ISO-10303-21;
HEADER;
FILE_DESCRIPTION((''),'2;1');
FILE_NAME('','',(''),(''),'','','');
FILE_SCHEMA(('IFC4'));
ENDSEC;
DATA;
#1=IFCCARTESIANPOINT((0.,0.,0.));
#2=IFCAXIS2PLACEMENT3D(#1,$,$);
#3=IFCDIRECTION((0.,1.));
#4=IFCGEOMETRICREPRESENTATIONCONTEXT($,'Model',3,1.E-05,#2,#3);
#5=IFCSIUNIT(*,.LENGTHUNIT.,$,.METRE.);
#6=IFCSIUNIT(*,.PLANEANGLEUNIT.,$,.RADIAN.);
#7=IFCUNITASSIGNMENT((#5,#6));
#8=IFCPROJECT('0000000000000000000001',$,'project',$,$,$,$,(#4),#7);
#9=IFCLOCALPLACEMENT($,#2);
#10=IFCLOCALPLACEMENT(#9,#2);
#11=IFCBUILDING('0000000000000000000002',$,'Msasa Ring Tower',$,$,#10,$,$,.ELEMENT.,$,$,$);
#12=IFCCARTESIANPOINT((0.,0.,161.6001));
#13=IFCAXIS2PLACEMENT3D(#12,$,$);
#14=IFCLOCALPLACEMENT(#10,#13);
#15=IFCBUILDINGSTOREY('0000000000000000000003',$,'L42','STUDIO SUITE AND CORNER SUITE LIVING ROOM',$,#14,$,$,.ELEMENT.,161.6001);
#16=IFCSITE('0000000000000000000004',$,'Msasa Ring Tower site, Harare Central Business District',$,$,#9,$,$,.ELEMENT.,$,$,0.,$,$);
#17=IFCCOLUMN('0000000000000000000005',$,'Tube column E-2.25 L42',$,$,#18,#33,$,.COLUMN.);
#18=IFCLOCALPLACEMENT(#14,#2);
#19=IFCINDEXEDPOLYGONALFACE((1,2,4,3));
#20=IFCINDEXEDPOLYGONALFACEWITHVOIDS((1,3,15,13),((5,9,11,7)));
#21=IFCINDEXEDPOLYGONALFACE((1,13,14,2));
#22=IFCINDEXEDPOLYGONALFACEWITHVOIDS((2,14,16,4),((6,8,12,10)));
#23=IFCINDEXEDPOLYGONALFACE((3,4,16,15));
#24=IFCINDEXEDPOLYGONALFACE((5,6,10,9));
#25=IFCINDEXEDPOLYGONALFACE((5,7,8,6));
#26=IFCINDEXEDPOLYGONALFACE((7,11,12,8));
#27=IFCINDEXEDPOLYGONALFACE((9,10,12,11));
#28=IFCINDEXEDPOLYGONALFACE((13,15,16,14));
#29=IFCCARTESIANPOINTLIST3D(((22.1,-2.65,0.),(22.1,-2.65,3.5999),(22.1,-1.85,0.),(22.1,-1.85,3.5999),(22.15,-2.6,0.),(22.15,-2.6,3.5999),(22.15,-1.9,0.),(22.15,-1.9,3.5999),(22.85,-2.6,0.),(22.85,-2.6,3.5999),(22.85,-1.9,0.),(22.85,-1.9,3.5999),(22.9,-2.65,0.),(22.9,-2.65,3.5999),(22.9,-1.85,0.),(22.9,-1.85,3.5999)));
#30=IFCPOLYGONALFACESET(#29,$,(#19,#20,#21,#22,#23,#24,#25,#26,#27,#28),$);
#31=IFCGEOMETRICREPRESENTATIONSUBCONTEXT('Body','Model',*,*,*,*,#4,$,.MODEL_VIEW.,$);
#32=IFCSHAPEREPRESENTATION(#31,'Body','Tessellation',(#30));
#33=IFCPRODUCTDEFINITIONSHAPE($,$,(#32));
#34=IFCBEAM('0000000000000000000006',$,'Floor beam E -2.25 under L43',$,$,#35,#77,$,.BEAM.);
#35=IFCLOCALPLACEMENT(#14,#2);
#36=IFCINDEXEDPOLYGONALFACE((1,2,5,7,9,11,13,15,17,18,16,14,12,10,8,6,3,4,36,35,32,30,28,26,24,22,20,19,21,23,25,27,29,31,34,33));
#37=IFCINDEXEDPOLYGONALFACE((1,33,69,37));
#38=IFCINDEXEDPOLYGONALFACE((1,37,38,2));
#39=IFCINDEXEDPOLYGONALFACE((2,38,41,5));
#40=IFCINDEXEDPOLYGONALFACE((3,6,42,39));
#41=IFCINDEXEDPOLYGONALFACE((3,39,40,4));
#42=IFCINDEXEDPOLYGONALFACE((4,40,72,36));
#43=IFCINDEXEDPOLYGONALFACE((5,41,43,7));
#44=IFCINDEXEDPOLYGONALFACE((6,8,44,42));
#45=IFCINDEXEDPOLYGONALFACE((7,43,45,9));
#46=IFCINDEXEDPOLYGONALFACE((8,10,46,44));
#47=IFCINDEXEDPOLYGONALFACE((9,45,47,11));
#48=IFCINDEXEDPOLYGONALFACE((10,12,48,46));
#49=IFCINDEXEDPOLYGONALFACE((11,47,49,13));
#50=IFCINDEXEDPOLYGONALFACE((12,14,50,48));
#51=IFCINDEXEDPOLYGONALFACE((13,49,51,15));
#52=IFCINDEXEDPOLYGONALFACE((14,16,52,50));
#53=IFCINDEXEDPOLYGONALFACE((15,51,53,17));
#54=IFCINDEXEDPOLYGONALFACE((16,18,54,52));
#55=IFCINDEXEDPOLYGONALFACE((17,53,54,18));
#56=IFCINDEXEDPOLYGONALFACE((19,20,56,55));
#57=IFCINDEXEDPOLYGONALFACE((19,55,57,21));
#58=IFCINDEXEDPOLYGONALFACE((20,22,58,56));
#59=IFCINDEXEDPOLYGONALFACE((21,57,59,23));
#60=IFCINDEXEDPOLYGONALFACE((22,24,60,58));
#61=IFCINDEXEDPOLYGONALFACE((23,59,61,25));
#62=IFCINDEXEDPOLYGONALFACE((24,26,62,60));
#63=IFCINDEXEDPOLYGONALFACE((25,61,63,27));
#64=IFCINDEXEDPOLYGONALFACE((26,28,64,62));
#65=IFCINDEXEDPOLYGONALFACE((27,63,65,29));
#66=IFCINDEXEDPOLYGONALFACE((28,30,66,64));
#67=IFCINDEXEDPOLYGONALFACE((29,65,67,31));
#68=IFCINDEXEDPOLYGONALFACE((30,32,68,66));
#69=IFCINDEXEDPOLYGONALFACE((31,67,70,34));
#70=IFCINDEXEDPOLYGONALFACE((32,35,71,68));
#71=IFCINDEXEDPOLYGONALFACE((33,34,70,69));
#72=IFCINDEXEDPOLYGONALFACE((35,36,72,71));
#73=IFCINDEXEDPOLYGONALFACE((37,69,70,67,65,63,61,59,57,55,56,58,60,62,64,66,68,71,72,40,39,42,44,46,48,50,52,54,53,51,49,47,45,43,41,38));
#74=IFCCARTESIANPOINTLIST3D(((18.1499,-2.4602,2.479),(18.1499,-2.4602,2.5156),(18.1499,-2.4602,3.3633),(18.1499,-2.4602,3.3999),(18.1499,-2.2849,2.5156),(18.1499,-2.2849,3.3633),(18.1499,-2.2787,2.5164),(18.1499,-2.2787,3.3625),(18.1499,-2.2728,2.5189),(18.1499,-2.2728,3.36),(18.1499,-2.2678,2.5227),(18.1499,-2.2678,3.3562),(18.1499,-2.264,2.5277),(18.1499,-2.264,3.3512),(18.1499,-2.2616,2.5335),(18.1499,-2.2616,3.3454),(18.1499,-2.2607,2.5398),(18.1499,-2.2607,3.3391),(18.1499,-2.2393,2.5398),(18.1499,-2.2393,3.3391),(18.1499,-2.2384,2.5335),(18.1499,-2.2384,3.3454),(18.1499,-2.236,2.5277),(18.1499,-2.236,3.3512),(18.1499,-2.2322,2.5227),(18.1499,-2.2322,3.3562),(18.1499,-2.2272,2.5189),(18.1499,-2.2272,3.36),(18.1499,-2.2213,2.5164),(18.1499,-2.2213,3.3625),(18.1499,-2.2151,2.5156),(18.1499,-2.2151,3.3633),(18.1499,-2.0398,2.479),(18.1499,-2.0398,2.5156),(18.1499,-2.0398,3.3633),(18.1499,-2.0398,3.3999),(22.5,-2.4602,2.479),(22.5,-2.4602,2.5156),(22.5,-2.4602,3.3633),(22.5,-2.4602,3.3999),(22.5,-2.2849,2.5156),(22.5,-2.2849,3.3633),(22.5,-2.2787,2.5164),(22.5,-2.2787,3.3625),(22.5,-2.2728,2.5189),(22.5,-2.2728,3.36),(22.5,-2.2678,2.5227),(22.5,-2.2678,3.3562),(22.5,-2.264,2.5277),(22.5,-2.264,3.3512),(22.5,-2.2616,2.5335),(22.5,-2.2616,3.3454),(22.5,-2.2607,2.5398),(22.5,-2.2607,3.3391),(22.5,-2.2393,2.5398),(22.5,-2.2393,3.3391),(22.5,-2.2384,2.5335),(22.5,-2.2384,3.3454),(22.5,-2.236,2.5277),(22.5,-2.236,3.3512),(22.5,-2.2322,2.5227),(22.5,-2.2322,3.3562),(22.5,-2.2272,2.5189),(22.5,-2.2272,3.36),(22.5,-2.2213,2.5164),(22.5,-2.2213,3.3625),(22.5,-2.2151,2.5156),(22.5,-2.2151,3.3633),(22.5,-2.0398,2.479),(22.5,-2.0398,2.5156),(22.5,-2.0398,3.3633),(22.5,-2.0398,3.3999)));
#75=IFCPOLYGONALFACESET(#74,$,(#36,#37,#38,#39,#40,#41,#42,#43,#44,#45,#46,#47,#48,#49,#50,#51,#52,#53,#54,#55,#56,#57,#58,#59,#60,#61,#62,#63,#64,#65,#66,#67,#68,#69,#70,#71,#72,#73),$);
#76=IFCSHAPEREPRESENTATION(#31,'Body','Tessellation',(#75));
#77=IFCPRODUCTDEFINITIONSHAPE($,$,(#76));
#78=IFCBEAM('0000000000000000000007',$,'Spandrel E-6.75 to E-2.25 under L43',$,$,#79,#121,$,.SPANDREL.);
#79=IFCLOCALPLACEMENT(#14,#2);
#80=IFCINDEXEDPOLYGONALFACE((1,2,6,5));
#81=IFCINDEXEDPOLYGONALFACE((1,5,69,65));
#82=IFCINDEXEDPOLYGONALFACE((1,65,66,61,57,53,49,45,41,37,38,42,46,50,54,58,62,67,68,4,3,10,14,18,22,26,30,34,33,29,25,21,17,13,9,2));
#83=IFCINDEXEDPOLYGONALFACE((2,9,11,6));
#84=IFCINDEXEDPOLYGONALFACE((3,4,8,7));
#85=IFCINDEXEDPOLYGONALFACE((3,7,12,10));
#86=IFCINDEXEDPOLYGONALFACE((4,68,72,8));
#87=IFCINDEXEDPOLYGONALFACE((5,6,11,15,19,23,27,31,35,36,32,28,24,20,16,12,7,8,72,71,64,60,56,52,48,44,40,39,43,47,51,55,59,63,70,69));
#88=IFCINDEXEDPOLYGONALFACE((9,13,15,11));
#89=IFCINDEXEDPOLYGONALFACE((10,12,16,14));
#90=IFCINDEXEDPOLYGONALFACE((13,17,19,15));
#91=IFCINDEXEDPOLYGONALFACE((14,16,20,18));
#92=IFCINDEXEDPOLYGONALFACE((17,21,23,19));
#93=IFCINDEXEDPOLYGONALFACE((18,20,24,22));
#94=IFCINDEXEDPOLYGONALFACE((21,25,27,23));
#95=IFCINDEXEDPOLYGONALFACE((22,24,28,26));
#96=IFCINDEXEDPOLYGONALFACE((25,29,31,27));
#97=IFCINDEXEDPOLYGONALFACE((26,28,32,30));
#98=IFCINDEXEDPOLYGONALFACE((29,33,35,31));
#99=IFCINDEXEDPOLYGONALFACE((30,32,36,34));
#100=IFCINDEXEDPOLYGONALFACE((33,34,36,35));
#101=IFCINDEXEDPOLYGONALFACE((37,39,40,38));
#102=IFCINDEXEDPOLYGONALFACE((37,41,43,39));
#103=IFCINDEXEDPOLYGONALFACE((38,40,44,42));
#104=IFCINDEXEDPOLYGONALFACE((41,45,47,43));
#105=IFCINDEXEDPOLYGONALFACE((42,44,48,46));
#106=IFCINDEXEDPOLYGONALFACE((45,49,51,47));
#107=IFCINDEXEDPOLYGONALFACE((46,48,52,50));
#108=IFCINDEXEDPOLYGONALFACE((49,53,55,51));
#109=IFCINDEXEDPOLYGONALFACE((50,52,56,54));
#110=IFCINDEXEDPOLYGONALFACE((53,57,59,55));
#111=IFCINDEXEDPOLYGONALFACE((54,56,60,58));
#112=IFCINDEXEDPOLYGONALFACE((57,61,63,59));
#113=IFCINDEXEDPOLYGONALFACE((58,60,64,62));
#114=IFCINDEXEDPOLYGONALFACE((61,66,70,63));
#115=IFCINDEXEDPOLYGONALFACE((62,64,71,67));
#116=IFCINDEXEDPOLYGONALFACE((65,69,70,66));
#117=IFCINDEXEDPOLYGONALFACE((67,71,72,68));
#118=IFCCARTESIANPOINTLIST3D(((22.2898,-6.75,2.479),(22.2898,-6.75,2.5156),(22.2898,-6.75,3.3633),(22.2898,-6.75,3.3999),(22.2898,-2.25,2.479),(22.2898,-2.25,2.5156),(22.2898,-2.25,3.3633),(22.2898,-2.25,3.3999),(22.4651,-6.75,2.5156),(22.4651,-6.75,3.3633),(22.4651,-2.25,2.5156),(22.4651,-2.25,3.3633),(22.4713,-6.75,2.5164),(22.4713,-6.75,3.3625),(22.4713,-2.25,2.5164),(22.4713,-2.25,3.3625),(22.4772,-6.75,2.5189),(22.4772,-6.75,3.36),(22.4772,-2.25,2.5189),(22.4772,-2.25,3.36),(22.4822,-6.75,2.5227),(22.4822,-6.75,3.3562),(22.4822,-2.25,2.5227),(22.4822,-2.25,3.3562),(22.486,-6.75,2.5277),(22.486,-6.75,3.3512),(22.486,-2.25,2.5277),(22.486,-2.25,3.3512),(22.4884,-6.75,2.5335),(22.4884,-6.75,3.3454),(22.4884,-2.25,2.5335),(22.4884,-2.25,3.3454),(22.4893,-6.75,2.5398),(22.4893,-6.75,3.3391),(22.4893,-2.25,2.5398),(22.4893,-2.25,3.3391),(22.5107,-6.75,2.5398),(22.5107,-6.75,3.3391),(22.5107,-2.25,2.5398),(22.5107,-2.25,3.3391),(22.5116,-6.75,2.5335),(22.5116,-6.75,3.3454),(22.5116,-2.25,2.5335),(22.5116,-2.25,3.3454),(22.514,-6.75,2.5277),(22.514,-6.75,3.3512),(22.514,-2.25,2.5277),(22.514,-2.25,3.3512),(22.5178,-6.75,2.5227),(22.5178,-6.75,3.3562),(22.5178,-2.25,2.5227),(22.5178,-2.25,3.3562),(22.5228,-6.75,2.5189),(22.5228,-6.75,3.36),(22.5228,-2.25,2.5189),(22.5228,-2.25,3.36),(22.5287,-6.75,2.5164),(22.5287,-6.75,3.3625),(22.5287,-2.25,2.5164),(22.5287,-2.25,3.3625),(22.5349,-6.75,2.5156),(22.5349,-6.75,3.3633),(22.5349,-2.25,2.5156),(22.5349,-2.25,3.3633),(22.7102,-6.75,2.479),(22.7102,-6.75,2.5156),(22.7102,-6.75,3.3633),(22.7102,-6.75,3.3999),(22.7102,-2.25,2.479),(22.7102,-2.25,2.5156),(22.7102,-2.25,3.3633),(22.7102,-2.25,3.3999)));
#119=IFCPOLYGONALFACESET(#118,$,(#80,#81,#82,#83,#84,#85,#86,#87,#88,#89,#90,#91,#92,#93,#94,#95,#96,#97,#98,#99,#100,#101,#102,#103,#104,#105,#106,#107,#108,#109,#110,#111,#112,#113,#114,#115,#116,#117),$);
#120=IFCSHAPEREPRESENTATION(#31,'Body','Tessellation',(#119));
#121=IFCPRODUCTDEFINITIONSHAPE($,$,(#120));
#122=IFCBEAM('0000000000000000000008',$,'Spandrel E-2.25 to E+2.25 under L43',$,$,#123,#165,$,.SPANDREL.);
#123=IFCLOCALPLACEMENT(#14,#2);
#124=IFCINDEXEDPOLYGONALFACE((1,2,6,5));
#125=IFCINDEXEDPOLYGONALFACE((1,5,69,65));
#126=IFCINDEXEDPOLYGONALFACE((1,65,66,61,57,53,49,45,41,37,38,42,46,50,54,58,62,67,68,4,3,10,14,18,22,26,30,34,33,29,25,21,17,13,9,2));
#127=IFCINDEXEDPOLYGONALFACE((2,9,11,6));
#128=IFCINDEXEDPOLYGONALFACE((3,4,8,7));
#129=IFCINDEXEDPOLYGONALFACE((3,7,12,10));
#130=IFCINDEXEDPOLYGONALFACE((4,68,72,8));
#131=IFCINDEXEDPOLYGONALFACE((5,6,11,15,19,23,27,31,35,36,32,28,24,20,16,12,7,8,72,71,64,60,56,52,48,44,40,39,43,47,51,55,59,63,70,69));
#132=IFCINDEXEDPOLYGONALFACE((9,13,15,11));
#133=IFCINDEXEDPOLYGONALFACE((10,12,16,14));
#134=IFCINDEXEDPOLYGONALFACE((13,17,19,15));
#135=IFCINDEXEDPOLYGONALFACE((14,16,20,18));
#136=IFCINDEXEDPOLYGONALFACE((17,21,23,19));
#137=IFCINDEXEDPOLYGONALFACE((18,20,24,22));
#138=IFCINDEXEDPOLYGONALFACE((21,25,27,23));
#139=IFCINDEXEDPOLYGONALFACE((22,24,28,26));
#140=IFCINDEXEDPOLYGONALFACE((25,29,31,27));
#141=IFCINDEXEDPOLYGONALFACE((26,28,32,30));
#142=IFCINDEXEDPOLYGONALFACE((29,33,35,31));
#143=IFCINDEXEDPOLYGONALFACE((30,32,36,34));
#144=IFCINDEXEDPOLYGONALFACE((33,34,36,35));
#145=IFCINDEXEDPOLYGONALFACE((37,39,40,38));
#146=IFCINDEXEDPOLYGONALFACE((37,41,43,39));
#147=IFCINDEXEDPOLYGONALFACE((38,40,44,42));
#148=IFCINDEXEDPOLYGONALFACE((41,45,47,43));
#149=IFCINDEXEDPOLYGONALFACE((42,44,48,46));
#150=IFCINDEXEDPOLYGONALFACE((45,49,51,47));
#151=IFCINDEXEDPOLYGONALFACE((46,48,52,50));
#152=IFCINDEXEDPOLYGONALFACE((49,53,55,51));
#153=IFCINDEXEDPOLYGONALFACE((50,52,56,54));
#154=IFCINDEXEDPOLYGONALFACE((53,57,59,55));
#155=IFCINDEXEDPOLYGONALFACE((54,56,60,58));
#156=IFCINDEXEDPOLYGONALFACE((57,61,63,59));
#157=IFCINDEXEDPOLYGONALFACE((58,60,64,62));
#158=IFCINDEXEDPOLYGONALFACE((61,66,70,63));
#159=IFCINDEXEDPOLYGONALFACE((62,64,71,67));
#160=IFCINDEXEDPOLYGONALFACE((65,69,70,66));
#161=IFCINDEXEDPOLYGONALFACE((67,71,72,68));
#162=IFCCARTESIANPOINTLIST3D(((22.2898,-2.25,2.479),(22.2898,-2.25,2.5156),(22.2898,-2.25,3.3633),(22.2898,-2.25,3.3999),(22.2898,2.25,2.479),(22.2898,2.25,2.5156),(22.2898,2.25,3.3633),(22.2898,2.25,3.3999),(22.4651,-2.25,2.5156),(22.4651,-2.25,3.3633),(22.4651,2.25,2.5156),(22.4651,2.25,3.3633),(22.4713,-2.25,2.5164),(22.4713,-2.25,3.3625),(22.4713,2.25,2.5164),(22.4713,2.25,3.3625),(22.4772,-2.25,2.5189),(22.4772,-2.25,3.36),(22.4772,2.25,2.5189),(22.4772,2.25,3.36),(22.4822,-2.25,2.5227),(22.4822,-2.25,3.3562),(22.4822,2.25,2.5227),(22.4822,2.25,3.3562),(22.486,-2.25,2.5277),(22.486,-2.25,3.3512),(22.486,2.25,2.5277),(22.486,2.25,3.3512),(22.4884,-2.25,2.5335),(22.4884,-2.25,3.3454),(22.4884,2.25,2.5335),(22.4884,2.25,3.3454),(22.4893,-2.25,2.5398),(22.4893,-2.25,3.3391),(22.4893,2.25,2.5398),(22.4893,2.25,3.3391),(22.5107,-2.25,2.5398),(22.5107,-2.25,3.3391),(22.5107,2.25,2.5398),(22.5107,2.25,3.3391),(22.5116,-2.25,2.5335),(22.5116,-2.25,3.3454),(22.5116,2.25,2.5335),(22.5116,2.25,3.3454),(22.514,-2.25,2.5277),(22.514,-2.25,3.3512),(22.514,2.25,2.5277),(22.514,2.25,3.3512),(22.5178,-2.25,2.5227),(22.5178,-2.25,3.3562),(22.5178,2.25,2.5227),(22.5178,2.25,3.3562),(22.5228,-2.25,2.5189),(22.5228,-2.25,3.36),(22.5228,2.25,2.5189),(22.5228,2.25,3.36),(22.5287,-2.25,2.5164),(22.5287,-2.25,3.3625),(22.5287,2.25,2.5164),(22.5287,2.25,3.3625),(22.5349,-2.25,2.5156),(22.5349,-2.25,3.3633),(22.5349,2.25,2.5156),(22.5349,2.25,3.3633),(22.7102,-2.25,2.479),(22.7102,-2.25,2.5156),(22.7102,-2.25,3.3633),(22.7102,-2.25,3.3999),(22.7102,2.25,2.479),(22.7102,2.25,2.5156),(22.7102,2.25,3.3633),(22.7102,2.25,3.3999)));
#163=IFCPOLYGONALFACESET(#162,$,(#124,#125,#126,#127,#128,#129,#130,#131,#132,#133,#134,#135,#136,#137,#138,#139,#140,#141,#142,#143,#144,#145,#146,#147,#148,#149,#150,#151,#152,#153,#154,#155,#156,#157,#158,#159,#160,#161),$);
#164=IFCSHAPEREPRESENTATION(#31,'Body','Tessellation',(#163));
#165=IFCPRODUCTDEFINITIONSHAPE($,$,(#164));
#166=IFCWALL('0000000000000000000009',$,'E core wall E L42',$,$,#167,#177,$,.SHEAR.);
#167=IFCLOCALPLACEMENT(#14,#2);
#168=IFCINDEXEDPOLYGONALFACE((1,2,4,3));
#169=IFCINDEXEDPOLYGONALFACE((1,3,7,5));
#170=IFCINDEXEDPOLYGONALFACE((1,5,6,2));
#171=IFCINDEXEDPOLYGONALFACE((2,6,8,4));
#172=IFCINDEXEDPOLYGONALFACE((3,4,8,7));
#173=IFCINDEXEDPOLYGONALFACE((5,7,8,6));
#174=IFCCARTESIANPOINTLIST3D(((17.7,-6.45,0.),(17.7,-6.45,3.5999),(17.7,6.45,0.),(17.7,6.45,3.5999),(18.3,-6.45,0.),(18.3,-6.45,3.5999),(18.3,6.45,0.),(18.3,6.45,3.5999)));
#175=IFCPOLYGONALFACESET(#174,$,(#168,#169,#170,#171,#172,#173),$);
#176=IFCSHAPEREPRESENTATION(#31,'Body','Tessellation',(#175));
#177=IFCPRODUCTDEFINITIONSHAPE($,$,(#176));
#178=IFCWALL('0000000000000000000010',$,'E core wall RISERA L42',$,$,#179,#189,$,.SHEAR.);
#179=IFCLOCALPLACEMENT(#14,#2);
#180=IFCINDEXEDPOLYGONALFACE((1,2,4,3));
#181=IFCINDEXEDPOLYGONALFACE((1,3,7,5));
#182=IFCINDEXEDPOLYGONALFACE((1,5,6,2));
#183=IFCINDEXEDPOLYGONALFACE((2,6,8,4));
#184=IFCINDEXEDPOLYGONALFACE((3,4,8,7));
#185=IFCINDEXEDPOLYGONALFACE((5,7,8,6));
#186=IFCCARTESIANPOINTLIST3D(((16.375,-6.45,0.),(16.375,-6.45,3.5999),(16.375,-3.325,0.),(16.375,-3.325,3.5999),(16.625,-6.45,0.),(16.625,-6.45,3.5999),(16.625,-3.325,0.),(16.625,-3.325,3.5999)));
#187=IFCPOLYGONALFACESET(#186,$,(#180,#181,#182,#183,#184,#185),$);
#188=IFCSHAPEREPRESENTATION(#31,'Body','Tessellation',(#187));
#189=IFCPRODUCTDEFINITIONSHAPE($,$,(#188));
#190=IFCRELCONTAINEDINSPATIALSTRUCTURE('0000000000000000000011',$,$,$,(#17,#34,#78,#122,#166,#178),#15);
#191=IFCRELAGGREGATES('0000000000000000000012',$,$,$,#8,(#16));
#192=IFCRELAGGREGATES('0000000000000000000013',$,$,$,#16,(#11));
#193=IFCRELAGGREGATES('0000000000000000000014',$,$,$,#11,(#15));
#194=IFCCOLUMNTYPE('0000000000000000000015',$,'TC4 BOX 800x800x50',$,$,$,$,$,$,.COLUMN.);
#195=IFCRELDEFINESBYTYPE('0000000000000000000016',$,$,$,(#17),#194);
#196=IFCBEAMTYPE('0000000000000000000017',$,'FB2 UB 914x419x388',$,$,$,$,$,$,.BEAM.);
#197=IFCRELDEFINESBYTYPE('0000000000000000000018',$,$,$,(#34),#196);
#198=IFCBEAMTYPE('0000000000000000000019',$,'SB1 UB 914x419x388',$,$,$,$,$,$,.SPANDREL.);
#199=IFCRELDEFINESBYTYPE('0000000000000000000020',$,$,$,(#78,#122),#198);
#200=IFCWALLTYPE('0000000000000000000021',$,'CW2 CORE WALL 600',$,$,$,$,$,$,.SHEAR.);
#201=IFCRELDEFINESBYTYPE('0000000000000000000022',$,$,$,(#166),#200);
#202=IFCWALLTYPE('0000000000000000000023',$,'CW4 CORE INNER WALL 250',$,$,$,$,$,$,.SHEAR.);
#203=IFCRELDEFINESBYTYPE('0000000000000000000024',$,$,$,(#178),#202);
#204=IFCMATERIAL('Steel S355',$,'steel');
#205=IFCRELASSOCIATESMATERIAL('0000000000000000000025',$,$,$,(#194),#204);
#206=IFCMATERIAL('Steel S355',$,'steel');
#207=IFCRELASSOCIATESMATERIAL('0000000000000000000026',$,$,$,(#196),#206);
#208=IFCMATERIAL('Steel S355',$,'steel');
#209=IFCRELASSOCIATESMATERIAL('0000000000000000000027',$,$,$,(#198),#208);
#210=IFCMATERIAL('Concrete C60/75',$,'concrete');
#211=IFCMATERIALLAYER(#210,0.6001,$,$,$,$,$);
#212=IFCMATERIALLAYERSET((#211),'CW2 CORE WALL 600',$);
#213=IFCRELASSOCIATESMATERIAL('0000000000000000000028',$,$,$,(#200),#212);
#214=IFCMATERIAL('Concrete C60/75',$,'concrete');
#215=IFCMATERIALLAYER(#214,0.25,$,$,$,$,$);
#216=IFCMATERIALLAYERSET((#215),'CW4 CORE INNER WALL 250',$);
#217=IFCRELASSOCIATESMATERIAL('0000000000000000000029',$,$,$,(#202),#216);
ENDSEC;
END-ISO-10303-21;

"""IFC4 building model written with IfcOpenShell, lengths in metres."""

from ifc_helpers import new_model, si_unit, direction, frame, frame_2d, origin, origin_2d, place, context, subcontext, project, spatial, rectangle, hollow_rectangle, i_section, extrude, material, layer, layer_set, material_profile, profile_set, type_object, element, save


model = new_model("IFC4")

# Units and contexts
model_context = context("Model", 3, precision=1e-05, world=origin(), true_north=direction((0.0, 1.0)))
body_context = subcontext(model_context, "Body", "Model", "MODEL_VIEW")
ifc_project = project(units=[si_unit("LENGTHUNIT", "METRE"), si_unit("PLANEANGLEUNIT", "RADIAN")], contexts=[model_context])

# Site, building, storey
site_placement = place(None, origin())
site = spatial("IfcSite", under=ifc_project, at=site_placement, Name="Msasa Ring Tower site, Harare Central Business District", CompositionType="ELEMENT", RefElevation=0.0)
building_placement = place(site_placement, origin())
building = spatial("IfcBuilding", under=site, at=building_placement, Name="Msasa Ring Tower", CompositionType="ELEMENT")
storey_placement = place(building_placement, frame((0.0, 0.0, 161.6001)))
storey = spatial("IfcBuildingStorey", under=building, at=storey_placement, Name="L42", Description="STUDIO SUITE AND CORNER SUITE LIVING ROOM", CompositionType="ELEMENT", Elevation=161.6001)

# Column
ifc_material_1 = material(Name="Steel S355", Category="steel")
ifc_material_profile_1 = material_profile(ifc_material_1, hollow_rectangle(XDim=0.8, YDim=0.8, WallThickness=0.05, at=origin_2d()), Name="BOX 800x800x50")
ifc_profile_set_1 = profile_set([ifc_material_profile_1], Name="Steel S355")
column_type = type_object("IfcColumnType", Name="TC4 BOX 800x800x50", PredefinedType="COLUMN", material=ifc_profile_set_1)
column_placement = place(storey_placement, frame((22.5, -2.25, 0.0), z_axis=(0.0, 0.0, 1.0), x_axis=(1.0, 0.0, 0.0)))
element("IfcColumn", 1, at=column_placement, inside=storey, type_object=column_type, Name="Tube column E-2.25 L42", PredefinedType="COLUMN", context=body_context, shape_type="SweptSolid", body=[
    extrude(hollow_rectangle(XDim=0.8, YDim=0.8, WallThickness=0.05, at=origin_2d()), origin(), (0.0, 0.0, 1.0), 3.5999),
])

# Beams
ifc_material_2 = material(Name="Steel S355", Category="steel")
ifc_material_profile_2 = material_profile(ifc_material_2, i_section(OverallWidth=0.4204, OverallDepth=0.9209, WebThickness=0.0215, FlangeThickness=0.0366, FilletRadius=0.0242, at=origin_2d()), Name="UB 914x419x388")
ifc_profile_set_2 = profile_set([ifc_material_profile_2], Name="Steel S355")
beam_type_1 = type_object("IfcBeamType", Name="FB2 UB 914x419x388", PredefinedType="BEAM", material=ifc_profile_set_2)
beam_placement = place(storey_placement, frame((22.5, -2.25, 2.9395), z_axis=(-1.0, 0.0, 0.0), x_axis=(0.0, -1.0, 0.0)))
element("IfcBeam", 2, at=beam_placement, inside=storey, type_object=beam_type_1, Name="Floor beam E -2.25 under L43", PredefinedType="BEAM", context=body_context, shape_type="SweptSolid", body=[
    extrude(i_section(OverallWidth=0.4204, OverallDepth=0.9209, WebThickness=0.0215, FlangeThickness=0.0366, FilletRadius=0.0242, at=origin_2d()), origin(), (0.0, 0.0, 1.0), 4.3501),
])
ifc_material_3 = material(Name="Steel S355", Category="steel")
ifc_material_profile_3 = material_profile(ifc_material_3, i_section(OverallWidth=0.4204, OverallDepth=0.9209, WebThickness=0.0215, FlangeThickness=0.0366, FilletRadius=0.0242, at=origin_2d()), Name="UB 914x419x388")
ifc_profile_set_3 = profile_set([ifc_material_profile_3], Name="Steel S355")
beam_type_2 = type_object("IfcBeamType", Name="SB1 UB 914x419x388", PredefinedType="SPANDREL", material=ifc_profile_set_3)
for number, where, z_axis, x_axis, name in (
    (3, (22.5, -6.75, 2.9395), (0.0, 1.0, 0.0), (-1.0, 0.0, 0.0), "Spandrel E-6.75 to E-2.25 under L43"),
    (4, (22.5, -2.25, 2.9395), (0.0, 1.0, 0.0), (-1.0, 0.0, 0.0), "Spandrel E-2.25 to E+2.25 under L43"),
):
    element("IfcBeam", number, at=place(storey_placement, frame(where, z_axis=z_axis, x_axis=x_axis)), inside=storey, type_object=beam_type_2, Name=name, PredefinedType="SPANDREL", context=body_context, shape_type="SweptSolid", body=[
        extrude(i_section(OverallWidth=0.4204, OverallDepth=0.9209, WebThickness=0.0215, FlangeThickness=0.0366, FilletRadius=0.0242, at=origin_2d()), origin(), (0.0, 0.0, 1.0), 4.5),
    ])

# Walls
ifc_material_4 = material(Name="Concrete C60/75", Category="concrete")
ifc_layer_1 = layer(ifc_material_4, 0.6001)
ifc_layer_set_1 = layer_set([ifc_layer_1], Name="CW2 CORE WALL 600")
wall_type_1 = type_object("IfcWallType", Name="CW2 CORE WALL 600", PredefinedType="SHEAR", material=ifc_layer_set_1)
wall_1_placement = place(storey_placement, frame((18.0, -6.45, 0.0), z_axis=(0.0, 0.0, 1.0), x_axis=(0.0, 1.0, 0.0)))
element("IfcWall", 5, at=wall_1_placement, inside=storey, type_object=wall_type_1, Name="E core wall E L42", PredefinedType="SHEAR", context=body_context, shape_type="SweptSolid", body=[
    extrude(rectangle(XDim=12.8999, YDim=0.6001, at=frame_2d((6.45, 0.0))), origin(), (0.0, 0.0, 1.0), 3.5999),
])
ifc_material_5 = material(Name="Concrete C60/75", Category="concrete")
ifc_layer_2 = layer(ifc_material_5, 0.25)
ifc_layer_set_2 = layer_set([ifc_layer_2], Name="CW4 CORE INNER WALL 250")
wall_type_2 = type_object("IfcWallType", Name="CW4 CORE INNER WALL 250", PredefinedType="SHEAR", material=ifc_layer_set_2)
wall_2_placement = place(storey_placement, frame((16.5, -6.45, 0.0), z_axis=(0.0, 0.0, 1.0), x_axis=(0.0, 1.0, 0.0)))
element("IfcWall", 6, at=wall_2_placement, inside=storey, type_object=wall_type_2, Name="E core wall RISERA L42", PredefinedType="SHEAR", context=body_context, shape_type="SweptSolid", body=[
    extrude(rectangle(XDim=3.125, YDim=0.25, at=frame_2d((1.5625, 0.0))), origin(), (0.0, 0.0, 1.0), 3.5999),
])

save(model, "model.ifc")
